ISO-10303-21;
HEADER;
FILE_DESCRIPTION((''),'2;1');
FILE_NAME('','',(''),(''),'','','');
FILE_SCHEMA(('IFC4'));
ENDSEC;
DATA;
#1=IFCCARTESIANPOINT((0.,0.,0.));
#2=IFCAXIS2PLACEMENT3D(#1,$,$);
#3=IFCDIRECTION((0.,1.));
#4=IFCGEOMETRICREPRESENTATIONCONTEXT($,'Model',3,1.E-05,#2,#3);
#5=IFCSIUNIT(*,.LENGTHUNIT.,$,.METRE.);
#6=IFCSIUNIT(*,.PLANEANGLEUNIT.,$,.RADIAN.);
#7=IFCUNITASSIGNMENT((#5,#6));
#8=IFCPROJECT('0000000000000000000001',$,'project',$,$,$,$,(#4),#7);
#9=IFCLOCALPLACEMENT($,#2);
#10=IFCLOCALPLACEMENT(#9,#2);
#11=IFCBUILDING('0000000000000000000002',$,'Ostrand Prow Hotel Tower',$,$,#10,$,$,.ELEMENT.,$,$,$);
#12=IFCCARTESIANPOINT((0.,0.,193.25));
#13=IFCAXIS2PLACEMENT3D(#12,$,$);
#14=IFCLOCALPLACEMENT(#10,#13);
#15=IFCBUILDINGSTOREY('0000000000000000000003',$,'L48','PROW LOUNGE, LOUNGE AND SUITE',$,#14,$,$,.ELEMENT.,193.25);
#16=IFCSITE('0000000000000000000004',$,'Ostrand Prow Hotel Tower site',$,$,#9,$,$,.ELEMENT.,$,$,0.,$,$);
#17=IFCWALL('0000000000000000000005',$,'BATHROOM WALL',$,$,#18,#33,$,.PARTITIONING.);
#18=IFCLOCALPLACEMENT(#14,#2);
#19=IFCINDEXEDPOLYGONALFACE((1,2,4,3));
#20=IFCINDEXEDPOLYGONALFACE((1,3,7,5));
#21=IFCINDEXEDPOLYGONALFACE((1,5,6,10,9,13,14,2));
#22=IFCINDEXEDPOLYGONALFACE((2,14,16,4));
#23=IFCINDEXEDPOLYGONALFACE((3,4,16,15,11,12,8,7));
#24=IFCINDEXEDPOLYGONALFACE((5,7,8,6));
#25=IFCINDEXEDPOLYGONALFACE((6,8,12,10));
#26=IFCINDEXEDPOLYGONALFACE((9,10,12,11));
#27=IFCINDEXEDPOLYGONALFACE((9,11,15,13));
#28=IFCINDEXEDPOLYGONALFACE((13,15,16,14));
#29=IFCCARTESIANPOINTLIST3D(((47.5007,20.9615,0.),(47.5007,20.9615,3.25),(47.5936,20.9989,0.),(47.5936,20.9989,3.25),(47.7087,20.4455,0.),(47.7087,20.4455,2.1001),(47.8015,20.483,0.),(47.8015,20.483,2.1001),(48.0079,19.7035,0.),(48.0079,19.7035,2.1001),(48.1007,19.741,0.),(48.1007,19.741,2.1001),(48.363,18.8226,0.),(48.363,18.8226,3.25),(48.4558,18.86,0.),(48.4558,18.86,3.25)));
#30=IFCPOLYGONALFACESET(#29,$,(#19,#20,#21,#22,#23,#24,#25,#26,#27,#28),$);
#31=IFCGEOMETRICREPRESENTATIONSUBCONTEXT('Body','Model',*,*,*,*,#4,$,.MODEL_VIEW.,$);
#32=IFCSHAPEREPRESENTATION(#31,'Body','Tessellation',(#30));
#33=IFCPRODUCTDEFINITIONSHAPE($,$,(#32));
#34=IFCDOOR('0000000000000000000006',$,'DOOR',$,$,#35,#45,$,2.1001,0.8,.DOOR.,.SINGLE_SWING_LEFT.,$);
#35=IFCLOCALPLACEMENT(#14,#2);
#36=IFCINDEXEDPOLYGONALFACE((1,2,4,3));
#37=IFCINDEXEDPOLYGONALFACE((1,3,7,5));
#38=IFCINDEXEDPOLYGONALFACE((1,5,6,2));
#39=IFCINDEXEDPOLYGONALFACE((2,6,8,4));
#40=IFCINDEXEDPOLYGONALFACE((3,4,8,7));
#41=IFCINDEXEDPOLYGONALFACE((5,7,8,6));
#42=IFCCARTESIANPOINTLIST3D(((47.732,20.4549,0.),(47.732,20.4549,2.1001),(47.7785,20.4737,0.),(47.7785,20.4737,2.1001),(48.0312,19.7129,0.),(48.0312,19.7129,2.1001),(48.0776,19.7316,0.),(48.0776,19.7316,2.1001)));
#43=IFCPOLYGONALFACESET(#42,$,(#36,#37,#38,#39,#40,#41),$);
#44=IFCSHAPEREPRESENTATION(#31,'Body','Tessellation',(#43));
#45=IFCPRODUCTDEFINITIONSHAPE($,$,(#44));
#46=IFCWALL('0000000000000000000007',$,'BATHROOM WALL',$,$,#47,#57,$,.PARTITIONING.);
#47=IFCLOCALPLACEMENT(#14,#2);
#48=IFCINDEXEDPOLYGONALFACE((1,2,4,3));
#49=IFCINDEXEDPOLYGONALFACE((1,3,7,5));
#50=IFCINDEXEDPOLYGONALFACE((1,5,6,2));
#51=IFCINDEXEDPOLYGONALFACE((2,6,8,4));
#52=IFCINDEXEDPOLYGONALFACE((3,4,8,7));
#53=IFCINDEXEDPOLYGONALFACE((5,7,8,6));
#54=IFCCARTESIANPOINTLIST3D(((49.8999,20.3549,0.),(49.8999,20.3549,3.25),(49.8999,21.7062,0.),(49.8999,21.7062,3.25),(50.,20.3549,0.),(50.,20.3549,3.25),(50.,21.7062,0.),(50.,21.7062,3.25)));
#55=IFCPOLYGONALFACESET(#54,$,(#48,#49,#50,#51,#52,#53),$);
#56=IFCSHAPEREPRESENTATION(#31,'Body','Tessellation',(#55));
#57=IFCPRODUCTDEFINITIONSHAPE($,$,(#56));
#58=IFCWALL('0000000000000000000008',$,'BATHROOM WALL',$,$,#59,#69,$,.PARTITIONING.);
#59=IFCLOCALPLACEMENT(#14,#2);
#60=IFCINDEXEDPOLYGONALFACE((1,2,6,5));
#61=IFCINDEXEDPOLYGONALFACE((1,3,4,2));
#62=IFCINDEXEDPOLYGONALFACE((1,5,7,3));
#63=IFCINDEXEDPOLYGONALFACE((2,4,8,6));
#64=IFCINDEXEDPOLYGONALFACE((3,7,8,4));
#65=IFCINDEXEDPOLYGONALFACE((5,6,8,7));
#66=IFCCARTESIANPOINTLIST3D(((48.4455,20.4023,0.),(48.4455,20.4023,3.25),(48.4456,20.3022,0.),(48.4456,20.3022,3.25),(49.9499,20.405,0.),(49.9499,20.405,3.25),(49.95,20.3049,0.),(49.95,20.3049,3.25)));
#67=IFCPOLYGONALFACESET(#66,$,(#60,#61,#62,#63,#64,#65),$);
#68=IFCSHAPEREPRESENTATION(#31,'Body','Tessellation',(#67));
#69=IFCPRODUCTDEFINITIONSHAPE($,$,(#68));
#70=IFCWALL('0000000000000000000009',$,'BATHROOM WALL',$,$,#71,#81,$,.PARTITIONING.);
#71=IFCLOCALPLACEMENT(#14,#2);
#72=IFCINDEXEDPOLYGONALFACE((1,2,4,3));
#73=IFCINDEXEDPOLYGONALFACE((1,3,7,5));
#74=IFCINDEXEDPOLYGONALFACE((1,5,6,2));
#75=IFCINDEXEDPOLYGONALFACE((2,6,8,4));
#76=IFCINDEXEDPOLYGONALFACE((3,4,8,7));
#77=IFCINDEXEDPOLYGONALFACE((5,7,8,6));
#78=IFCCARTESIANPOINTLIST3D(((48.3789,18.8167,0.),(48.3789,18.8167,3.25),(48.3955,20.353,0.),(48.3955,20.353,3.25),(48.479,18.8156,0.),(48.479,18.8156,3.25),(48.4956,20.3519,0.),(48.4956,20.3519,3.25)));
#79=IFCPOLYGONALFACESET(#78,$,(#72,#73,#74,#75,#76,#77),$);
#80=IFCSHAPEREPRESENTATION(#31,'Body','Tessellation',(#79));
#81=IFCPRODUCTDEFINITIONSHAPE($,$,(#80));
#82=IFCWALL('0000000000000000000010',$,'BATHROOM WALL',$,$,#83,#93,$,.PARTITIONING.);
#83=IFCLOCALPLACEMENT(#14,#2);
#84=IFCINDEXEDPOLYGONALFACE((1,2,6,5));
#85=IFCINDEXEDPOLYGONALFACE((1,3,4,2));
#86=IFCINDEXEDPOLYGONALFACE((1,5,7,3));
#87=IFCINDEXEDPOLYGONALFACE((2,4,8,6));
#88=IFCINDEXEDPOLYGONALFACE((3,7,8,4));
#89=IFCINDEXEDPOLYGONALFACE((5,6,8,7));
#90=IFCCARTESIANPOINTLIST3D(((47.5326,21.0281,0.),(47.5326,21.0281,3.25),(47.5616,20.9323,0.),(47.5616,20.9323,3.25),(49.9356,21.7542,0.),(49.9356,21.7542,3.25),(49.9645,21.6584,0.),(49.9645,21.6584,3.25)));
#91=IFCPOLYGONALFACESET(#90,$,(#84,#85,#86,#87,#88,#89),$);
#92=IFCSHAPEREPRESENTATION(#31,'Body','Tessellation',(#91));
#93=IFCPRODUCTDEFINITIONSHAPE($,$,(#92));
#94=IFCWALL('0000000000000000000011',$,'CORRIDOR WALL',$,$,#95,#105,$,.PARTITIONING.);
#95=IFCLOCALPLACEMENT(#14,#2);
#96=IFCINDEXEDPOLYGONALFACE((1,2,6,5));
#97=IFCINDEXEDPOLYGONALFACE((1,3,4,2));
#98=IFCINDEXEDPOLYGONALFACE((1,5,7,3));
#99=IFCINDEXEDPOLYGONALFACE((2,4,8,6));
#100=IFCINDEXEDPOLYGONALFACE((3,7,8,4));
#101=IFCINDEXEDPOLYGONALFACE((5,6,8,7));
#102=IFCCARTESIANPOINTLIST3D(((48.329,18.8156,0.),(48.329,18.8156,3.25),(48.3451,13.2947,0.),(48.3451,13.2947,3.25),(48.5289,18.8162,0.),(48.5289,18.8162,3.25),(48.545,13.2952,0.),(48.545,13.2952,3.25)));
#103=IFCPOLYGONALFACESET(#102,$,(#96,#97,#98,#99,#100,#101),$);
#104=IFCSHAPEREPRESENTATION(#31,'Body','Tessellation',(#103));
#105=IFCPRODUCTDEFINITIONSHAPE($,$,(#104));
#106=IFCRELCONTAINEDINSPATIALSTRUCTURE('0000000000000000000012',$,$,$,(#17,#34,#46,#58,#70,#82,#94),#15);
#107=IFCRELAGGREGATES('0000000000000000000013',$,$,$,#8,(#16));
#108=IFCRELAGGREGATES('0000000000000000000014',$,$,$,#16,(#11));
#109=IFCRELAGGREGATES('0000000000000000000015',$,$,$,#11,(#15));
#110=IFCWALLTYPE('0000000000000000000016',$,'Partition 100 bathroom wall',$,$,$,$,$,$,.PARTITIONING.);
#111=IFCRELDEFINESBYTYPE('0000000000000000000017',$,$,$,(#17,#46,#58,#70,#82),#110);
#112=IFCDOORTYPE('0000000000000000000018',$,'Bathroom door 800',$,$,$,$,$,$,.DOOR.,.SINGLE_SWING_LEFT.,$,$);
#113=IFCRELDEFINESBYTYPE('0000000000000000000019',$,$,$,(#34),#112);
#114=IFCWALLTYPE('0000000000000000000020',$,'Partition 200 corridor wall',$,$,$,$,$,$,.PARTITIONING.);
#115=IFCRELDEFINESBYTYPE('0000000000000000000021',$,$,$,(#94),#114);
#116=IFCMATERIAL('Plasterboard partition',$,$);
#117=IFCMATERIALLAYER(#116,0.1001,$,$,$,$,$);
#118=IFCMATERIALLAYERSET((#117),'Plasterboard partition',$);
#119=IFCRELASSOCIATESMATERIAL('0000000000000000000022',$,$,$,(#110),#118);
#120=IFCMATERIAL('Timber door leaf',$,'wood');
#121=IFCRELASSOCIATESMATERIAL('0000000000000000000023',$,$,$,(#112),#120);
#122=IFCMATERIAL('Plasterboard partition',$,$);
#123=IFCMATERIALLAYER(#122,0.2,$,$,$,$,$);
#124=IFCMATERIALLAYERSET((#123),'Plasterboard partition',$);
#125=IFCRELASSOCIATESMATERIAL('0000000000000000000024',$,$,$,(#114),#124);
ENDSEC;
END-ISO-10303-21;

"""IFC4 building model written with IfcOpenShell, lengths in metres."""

from ifc_helpers import new_model, si_unit, direction, frame, frame_2d, origin, place, context, subcontext, project, spatial, rectangle, extrude, material, layer, layer_set, type_object, element, fill, save


model = new_model("IFC4")

# Units and contexts
model_context = context("Model", 3, precision=1e-05, world=origin(), true_north=direction((0.0, 1.0)))
body_context = subcontext(model_context, "Body", "Model", "MODEL_VIEW")
ifc_project = project(units=[si_unit("LENGTHUNIT", "METRE"), si_unit("PLANEANGLEUNIT", "RADIAN")], contexts=[model_context])

# Site, building, storey
site_placement = place(None, origin())
site = spatial("IfcSite", under=ifc_project, at=site_placement, Name="Ostrand Prow Hotel Tower site", CompositionType="ELEMENT", RefElevation=0.0)
building_placement = place(site_placement, origin())
building = spatial("IfcBuilding", under=site, at=building_placement, Name="Ostrand Prow Hotel Tower", CompositionType="ELEMENT")
storey_placement = place(building_placement, frame((0.0, 0.0, 193.25)))
storey = spatial("IfcBuildingStorey", under=building, at=storey_placement, Name="L48", Description="PROW LOUNGE, LOUNGE AND SUITE", CompositionType="ELEMENT", Elevation=193.25)

# Wall, opening, door
ifc_material_1 = material(Name="Plasterboard partition")
ifc_layer_1 = layer(ifc_material_1, 0.1001)
ifc_layer_set_1 = layer_set([ifc_layer_1], Name="Plasterboard partition")
wall_type_1 = type_object("IfcWallType", Name="Partition 100 bathroom wall", PredefinedType="PARTITIONING", material=ifc_layer_set_1)
wall_1_placement = place(storey_placement, frame((48.4094, 18.8413, 0.0), z_axis=(0.0, 0.0, 1.0), x_axis=(-0.373908, 0.927466, 0.0)))
wall_1 = element("IfcWall", 1, at=wall_1_placement, inside=storey, type_object=wall_type_1, Name="BATHROOM WALL", PredefinedType="PARTITIONING", context=body_context, shape_type="SweptSolid", body=[
    extrude(rectangle(XDim=2.3062, YDim=0.1001, at=frame_2d((1.1531, 0.0))), origin(), (0.0, 0.0, 1.0), 3.25),
])
opening_placement = place(wall_1_placement, frame((0.95, 0.0, 0.0)))
opening = element("IfcOpeningElement", 2, at=opening_placement, cuts=wall_1, PredefinedType="OPENING", context=body_context, shape_type="SweptSolid", body=[
    extrude(rectangle(XDim=0.8, YDim=2.1001, at=frame_2d((0.3999, 1.05))), frame((0.0, 0.0601, 0.0), z_axis=(0.0, -1.0, 0.0), x_axis=(1.0, 0.0, 0.0)), (0.0, 0.0, 1.0), 0.1201),
])
ifc_material_2 = material(Name="Timber door leaf", Category="wood")
door_type = type_object("IfcDoorType", Name="Bathroom door 800", OperationType="SINGLE_SWING_LEFT", PredefinedType="DOOR", material=ifc_material_2)
door_placement = place(opening_placement, origin())
door = element("IfcDoor", 3, at=door_placement, inside=storey, type_object=door_type, Name="DOOR", OperationType="SINGLE_SWING_LEFT", OverallHeight=2.1001, OverallWidth=0.8, PredefinedType="DOOR", context=body_context, shape_type="SweptSolid", body=[
    extrude(rectangle(XDim=0.8, YDim=2.1001, at=frame_2d((0.3999, 1.05))), frame((0.0, 0.0249, 0.0), z_axis=(0.0, -1.0, 0.0), x_axis=(1.0, 0.0, 0.0)), (0.0, 0.0, 1.0), 0.05),
])
fill(opening, door)

# Walls
wall_2_placement = place(storey_placement, frame((49.95, 21.7063, 0.0), z_axis=(0.0, 0.0, 1.0), x_axis=(0.0, -1.0, 0.0)))
element("IfcWall", 4, at=wall_2_placement, inside=storey, type_object=wall_type_1, Name="BATHROOM WALL", PredefinedType="PARTITIONING", context=body_context, shape_type="SweptSolid", body=[
    extrude(rectangle(XDim=1.3513, YDim=0.1001, at=frame_2d((0.6758, 0.0))), origin(), (0.0, 0.0, 1.0), 3.25),
])
wall_3_placement = place(storey_placement, frame((49.95, 20.355, 0.0), z_axis=(0.0, 0.0, 1.0), x_axis=(-0.999998, -0.001785, 0.0)))
element("IfcWall", 5, at=wall_3_placement, inside=storey, type_object=wall_type_1, Name="BATHROOM WALL", PredefinedType="PARTITIONING", context=body_context, shape_type="SweptSolid", body=[
    extrude(rectangle(XDim=1.5044, YDim=0.1001, at=frame_2d((0.7522, 0.0))), origin(), (0.0, 0.0, 1.0), 3.25),
])
wall_4_placement = place(storey_placement, frame((48.4456, 20.3523, 0.0), z_axis=(0.0, 0.0, 1.0), x_axis=(-0.010805, -0.999942, 0.0)))
element("IfcWall", 6, at=wall_4_placement, inside=storey, type_object=wall_type_1, Name="BATHROOM WALL", PredefinedType="PARTITIONING", context=body_context, shape_type="SweptSolid", body=[
    extrude(rectangle(XDim=1.5364, YDim=0.1001, at=frame_2d((0.7681, 0.0))), origin(), (0.0, 0.0, 1.0), 3.25),
])
wall_5_placement = place(storey_placement, frame((47.5471, 20.9802, 0.0), z_axis=(0.0, 0.0, 1.0), x_axis=(0.957252, 0.289257, 0.0)))
element("IfcWall", 7, at=wall_5_placement, inside=storey, type_object=wall_type_1, Name="BATHROOM WALL", PredefinedType="PARTITIONING", context=body_context, shape_type="SweptSolid", body=[
    extrude(rectangle(XDim=2.5103, YDim=0.1001, at=frame_2d((1.2551, 0.0))), origin(), (0.0, 0.0, 1.0), 3.25),
])
ifc_material_3 = material(Name="Plasterboard partition")
ifc_layer_2 = layer(ifc_material_3, 0.2)
ifc_layer_set_2 = layer_set([ifc_layer_2], Name="Plasterboard partition")
wall_type_2 = type_object("IfcWallType", Name="Partition 200 corridor wall", PredefinedType="PARTITIONING", material=ifc_layer_set_2)
wall_6_placement = place(storey_placement, frame((48.429, 18.8159, 0.0), z_axis=(0.0, 0.0, 1.0), x_axis=(0.002919, -0.999996, 0.0)))
element("IfcWall", 8, at=wall_6_placement, inside=storey, type_object=wall_type_2, Name="CORRIDOR WALL", PredefinedType="PARTITIONING", context=body_context, shape_type="SweptSolid", body=[
    extrude(rectangle(XDim=5.521, YDim=0.2, at=frame_2d((2.7605, 0.0))), origin(), (0.0, 0.0, 1.0), 3.25),
])

save(model, "model.ifc")
